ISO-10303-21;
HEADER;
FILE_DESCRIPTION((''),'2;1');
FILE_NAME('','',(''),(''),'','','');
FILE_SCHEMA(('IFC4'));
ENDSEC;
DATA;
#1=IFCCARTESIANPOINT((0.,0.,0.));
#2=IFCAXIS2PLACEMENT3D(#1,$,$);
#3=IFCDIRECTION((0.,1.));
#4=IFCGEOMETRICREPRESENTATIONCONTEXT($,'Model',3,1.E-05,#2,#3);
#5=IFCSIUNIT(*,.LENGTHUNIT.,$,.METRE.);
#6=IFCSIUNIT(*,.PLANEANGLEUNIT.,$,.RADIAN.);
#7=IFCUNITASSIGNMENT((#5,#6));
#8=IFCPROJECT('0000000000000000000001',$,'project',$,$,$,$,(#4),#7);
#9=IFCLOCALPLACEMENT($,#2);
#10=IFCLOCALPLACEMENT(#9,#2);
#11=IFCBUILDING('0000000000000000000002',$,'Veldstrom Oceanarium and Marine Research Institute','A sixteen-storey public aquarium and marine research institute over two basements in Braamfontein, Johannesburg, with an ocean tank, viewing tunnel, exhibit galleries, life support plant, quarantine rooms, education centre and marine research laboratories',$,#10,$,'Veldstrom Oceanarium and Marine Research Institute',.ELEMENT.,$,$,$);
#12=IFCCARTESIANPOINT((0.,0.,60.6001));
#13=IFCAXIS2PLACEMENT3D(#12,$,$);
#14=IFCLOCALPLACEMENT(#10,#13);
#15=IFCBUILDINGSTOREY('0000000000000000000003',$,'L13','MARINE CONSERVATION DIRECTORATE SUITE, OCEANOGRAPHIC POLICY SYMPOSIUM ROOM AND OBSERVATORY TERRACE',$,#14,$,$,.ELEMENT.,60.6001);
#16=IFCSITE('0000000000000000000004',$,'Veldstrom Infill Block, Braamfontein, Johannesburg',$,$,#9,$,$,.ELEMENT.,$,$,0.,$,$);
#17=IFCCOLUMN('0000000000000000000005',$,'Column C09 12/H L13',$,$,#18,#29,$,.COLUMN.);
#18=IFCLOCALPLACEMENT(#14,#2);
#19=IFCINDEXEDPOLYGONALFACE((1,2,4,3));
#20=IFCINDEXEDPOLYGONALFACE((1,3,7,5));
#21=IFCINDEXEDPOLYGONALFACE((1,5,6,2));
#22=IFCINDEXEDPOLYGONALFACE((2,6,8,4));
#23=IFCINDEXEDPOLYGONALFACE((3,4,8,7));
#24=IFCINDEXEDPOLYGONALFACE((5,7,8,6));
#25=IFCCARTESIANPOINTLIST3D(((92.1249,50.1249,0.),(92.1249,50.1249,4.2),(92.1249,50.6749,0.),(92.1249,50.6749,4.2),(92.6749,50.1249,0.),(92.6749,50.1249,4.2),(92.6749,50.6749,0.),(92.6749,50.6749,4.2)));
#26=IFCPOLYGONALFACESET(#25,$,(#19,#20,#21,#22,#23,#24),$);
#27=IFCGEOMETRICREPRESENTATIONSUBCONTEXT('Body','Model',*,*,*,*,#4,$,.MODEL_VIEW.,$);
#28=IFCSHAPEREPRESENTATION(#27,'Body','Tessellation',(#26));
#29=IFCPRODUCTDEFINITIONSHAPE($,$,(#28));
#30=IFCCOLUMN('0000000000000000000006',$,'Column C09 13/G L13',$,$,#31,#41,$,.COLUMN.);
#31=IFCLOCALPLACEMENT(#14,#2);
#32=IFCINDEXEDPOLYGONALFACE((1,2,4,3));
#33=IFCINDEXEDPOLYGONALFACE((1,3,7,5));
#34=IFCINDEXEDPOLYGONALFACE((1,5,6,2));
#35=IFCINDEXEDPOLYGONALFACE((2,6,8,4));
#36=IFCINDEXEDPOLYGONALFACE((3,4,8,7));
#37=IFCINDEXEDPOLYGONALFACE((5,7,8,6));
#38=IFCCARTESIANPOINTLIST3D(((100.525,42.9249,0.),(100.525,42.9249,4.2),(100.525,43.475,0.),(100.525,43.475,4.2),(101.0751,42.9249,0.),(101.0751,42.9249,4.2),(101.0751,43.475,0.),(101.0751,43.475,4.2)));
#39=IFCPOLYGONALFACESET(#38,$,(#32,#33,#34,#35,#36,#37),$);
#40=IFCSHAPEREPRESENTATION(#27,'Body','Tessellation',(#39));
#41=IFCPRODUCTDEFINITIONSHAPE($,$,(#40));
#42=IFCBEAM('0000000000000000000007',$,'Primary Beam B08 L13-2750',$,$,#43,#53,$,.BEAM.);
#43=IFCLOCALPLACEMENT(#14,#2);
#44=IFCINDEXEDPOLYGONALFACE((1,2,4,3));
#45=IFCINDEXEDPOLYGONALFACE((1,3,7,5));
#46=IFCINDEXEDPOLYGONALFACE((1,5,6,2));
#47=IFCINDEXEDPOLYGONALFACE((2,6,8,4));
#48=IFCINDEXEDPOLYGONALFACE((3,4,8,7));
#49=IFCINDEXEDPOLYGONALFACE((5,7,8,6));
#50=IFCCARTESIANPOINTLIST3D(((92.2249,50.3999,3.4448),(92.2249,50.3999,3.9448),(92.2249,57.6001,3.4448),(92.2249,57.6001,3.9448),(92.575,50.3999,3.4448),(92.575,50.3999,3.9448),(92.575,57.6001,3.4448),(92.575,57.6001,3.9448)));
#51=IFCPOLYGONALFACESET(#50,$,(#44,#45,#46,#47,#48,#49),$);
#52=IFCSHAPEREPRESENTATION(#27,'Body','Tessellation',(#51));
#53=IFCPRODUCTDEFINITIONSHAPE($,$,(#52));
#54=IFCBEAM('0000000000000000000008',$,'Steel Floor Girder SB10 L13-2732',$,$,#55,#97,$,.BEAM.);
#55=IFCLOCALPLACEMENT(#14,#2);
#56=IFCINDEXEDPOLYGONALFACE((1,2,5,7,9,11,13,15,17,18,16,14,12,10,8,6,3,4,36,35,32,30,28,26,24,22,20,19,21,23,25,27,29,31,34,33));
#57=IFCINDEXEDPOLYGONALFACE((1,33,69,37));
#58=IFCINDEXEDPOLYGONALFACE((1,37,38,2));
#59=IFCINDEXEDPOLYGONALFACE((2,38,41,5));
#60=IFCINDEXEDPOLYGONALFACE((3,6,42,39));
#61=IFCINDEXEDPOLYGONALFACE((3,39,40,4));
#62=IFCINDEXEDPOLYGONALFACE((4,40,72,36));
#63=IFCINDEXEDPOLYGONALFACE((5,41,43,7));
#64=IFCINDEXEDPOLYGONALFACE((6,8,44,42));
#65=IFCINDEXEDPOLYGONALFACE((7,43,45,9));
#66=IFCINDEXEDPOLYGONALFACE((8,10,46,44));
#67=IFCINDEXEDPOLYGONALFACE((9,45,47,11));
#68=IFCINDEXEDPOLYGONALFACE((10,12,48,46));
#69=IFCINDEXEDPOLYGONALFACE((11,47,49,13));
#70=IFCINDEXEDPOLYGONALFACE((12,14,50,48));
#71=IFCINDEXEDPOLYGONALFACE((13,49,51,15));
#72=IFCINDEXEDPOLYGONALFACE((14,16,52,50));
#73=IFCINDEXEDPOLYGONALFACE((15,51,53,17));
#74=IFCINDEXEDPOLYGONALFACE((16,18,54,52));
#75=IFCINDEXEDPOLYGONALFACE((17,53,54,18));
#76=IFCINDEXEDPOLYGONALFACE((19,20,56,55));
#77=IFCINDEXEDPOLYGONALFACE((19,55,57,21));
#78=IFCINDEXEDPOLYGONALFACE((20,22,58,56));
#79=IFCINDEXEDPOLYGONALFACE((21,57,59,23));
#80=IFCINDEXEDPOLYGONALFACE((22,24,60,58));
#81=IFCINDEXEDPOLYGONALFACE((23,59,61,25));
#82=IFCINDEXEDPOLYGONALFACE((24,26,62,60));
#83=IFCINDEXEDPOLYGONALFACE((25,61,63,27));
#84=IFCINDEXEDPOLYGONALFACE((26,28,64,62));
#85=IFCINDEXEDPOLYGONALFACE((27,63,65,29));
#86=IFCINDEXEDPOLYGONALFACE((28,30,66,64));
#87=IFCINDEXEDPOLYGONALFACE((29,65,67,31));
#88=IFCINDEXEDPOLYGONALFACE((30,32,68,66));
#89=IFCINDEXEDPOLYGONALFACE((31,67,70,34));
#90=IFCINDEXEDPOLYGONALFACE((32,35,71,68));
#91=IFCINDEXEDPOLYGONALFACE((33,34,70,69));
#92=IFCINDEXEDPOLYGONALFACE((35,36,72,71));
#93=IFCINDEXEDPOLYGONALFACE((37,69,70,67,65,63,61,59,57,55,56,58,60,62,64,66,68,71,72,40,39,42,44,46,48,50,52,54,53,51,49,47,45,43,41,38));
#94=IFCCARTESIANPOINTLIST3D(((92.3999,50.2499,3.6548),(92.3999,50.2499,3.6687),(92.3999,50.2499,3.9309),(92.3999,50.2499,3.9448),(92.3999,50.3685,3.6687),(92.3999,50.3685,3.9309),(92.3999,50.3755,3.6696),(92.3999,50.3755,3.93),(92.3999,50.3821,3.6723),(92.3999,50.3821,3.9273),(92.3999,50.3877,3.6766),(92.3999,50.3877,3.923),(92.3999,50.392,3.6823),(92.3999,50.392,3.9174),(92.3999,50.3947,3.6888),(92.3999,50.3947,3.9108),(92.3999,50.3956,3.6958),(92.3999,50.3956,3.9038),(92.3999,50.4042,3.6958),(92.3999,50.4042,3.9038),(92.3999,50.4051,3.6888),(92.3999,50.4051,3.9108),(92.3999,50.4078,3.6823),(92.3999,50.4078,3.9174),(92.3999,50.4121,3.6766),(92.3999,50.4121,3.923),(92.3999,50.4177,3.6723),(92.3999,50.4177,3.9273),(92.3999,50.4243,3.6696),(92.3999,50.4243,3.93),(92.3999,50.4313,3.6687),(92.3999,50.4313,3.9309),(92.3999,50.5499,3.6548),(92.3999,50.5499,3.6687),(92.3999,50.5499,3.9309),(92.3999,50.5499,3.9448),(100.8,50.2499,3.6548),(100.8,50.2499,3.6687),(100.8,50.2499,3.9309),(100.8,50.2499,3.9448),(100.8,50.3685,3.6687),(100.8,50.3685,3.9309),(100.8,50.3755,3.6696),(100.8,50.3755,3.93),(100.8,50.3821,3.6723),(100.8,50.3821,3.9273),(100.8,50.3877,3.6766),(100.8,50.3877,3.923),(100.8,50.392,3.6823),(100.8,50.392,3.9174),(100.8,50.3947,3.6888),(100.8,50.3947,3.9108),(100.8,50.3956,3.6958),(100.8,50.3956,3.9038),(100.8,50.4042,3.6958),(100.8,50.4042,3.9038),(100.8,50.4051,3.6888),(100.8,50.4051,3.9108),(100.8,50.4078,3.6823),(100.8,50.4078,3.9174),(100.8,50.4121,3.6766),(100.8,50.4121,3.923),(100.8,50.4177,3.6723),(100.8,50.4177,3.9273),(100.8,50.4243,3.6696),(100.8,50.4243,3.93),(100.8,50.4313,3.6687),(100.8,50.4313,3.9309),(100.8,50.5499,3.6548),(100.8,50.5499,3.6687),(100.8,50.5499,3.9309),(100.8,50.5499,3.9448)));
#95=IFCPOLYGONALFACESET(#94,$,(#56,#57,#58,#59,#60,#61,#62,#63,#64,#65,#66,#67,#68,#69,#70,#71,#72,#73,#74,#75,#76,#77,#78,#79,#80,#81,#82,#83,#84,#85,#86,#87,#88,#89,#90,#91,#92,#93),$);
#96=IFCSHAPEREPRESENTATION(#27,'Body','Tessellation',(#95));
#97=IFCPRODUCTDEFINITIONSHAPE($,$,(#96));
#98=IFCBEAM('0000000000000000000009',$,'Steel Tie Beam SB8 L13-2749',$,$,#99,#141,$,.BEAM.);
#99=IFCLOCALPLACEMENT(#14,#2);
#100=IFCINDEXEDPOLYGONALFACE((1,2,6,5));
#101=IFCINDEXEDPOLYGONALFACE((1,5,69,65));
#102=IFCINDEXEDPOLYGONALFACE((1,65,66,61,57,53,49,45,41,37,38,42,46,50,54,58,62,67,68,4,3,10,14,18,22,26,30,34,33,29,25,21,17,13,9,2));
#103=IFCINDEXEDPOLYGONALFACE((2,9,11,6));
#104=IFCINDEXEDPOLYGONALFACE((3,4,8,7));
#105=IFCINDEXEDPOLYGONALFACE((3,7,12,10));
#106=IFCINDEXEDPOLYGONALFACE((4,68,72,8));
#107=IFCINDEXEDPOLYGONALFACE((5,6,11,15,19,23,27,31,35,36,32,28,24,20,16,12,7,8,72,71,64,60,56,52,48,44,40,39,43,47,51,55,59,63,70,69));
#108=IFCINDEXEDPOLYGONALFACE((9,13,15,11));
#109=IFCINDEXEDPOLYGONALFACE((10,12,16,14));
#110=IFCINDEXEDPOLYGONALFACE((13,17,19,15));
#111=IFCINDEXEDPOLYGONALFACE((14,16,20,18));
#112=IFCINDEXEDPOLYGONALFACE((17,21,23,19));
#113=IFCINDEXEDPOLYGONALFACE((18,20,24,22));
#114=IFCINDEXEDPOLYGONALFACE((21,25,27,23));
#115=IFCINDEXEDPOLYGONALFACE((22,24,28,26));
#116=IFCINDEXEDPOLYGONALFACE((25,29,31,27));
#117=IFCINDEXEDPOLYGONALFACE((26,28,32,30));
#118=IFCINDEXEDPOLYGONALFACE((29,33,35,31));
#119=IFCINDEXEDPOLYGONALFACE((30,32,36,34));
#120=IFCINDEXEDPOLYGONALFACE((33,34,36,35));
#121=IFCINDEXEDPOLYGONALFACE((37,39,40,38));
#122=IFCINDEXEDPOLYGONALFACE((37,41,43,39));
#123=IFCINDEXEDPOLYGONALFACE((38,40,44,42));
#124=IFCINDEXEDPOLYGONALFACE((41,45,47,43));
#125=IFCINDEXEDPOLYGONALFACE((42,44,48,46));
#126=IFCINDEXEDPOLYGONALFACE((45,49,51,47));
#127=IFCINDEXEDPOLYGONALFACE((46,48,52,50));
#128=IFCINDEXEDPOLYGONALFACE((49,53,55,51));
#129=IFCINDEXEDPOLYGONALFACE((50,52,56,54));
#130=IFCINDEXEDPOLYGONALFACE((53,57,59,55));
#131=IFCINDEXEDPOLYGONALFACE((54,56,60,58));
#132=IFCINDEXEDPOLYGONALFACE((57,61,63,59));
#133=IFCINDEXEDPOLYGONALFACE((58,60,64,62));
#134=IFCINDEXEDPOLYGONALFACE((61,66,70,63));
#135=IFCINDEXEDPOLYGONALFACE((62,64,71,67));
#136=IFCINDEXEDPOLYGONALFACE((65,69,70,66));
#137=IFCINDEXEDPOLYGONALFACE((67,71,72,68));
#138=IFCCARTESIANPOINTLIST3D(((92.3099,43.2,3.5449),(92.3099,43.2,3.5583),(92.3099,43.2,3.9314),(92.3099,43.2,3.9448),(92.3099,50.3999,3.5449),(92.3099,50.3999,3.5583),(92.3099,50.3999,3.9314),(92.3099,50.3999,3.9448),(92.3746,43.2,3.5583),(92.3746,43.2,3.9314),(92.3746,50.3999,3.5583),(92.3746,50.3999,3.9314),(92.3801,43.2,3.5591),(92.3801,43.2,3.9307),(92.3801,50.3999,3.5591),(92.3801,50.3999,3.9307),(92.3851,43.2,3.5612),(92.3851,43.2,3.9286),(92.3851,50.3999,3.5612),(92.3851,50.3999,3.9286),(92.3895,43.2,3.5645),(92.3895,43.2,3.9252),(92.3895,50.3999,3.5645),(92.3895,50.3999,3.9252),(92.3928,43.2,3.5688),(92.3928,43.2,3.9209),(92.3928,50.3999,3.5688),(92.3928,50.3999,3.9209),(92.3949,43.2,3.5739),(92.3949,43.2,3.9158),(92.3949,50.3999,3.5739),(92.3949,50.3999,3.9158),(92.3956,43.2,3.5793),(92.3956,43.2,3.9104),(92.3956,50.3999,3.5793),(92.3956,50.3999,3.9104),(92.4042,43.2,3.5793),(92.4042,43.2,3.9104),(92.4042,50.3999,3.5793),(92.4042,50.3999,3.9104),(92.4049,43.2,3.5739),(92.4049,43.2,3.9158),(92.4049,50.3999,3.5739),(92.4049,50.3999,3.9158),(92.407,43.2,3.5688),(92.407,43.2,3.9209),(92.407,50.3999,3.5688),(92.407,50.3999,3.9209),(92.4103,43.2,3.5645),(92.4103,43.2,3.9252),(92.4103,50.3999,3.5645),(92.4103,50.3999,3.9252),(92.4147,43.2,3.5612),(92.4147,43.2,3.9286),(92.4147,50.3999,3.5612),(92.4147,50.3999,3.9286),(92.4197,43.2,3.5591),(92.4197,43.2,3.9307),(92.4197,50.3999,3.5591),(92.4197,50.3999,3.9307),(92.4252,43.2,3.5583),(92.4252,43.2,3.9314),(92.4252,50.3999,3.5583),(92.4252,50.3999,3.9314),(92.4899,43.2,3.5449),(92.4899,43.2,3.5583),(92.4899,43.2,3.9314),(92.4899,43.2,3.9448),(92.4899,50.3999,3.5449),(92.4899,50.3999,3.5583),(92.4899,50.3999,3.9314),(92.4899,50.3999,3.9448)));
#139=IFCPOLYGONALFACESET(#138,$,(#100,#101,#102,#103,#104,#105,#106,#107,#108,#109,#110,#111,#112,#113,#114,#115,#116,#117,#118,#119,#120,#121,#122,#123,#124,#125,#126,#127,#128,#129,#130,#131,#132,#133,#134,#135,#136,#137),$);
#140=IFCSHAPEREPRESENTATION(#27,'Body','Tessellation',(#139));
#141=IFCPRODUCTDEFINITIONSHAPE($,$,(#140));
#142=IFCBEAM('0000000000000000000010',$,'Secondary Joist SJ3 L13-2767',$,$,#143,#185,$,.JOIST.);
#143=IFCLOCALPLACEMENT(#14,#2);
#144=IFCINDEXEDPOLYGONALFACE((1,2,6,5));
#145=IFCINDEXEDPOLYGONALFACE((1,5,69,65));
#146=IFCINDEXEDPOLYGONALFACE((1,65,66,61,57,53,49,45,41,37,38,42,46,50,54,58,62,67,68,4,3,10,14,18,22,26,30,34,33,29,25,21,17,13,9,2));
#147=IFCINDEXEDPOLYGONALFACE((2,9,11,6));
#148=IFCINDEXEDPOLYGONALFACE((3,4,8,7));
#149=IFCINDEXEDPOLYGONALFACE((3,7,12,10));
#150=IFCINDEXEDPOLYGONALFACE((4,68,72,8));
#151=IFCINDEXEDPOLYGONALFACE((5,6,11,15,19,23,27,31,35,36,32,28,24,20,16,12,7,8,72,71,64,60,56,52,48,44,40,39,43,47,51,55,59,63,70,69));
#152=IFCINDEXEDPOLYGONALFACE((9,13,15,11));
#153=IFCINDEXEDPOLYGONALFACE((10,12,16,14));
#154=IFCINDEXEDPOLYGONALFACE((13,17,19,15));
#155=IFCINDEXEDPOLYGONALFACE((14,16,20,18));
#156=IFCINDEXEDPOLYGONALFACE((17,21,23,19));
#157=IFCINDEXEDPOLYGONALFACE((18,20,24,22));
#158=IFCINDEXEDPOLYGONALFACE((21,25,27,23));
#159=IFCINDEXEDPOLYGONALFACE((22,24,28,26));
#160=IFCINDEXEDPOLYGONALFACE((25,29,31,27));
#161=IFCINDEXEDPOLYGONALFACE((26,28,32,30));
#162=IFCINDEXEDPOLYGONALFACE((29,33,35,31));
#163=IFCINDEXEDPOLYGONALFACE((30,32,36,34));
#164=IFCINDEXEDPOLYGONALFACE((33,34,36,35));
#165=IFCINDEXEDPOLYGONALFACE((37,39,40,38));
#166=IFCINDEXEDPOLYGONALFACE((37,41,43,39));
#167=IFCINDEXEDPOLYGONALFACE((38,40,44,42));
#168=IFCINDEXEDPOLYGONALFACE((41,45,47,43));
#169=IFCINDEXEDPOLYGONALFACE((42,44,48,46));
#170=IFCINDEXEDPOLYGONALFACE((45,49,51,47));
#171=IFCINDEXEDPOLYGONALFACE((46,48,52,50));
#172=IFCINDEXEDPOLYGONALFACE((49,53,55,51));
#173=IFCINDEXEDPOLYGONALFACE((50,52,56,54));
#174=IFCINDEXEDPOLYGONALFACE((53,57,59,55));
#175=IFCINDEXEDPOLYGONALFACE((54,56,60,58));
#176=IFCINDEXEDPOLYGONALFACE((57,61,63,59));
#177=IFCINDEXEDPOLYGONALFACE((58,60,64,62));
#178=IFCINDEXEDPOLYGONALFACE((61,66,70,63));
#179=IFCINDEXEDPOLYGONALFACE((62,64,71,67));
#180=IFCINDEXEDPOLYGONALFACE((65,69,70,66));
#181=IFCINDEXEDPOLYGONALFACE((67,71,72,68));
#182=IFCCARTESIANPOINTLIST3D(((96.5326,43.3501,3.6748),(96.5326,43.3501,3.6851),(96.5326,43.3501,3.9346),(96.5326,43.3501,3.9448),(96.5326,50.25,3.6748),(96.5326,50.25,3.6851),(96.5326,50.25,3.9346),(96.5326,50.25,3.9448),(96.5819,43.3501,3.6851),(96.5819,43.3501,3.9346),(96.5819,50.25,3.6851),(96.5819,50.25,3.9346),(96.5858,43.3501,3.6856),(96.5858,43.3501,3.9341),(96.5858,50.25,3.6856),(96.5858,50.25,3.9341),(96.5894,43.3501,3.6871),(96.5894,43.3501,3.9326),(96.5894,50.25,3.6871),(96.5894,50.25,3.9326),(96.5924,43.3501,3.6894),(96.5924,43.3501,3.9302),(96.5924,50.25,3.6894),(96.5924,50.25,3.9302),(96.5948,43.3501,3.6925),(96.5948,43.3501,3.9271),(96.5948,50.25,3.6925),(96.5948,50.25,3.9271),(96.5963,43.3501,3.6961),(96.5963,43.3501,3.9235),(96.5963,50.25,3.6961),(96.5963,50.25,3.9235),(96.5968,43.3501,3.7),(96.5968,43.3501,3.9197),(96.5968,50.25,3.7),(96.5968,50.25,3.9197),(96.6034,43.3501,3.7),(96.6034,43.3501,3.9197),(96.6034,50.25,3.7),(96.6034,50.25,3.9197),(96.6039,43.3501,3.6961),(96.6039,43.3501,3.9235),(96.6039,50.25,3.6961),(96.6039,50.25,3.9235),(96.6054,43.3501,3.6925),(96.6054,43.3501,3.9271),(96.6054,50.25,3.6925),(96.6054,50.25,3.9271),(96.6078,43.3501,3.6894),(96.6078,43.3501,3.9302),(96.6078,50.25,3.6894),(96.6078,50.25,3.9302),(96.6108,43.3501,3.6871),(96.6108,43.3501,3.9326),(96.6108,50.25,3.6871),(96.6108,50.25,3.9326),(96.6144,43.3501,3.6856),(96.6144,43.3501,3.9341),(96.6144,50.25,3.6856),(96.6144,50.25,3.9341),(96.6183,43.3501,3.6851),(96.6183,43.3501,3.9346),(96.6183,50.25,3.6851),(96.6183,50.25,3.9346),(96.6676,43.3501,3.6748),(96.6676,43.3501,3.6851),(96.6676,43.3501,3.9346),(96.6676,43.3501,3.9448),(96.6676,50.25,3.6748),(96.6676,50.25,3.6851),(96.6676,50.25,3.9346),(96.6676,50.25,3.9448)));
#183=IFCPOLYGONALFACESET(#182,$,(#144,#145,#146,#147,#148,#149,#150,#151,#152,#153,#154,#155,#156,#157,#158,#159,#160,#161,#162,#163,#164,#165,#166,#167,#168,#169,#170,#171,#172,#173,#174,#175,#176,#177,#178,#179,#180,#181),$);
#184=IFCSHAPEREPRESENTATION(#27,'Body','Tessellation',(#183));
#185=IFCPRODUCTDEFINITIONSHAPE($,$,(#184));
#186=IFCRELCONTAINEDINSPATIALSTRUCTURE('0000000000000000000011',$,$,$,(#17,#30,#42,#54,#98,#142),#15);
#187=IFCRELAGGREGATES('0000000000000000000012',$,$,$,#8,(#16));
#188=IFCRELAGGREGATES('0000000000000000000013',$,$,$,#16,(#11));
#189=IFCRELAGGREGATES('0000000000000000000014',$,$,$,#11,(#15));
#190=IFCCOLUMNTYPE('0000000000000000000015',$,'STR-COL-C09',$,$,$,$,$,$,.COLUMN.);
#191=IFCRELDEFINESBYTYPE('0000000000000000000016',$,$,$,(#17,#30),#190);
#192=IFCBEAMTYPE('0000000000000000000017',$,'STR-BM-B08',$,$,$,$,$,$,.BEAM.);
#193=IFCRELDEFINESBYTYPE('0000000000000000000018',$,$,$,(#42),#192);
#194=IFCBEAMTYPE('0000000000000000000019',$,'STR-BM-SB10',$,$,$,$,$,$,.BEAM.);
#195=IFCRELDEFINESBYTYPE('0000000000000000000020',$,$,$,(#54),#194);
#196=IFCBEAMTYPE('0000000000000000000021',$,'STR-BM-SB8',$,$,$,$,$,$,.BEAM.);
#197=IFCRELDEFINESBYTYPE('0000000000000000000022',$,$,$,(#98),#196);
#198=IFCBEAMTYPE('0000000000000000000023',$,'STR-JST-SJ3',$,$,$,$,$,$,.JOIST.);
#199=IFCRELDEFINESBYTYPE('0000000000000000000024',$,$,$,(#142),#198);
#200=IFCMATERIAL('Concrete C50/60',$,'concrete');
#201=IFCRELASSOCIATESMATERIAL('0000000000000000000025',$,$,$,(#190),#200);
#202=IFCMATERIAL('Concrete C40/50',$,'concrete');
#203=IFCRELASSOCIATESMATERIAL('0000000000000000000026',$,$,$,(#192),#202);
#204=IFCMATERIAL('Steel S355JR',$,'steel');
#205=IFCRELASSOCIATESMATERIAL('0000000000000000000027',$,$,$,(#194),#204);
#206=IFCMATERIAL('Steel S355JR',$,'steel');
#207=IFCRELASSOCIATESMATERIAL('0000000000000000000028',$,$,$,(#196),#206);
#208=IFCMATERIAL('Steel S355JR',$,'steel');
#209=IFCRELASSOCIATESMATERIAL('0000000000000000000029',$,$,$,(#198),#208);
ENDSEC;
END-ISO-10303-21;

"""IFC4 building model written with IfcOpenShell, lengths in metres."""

from ifc_helpers import new_model, si_unit, direction, frame, origin, origin_2d, place, context, subcontext, project, spatial, rectangle, i_section, extrude, material, material_profile, profile_set, type_object, element, save


model = new_model("IFC4")

# Units and contexts
model_context = context("Model", 3, precision=1e-05, world=origin(), true_north=direction((0.0, 1.0)))
body_context = subcontext(model_context, "Body", "Model", "MODEL_VIEW")
ifc_project = project(units=[si_unit("LENGTHUNIT", "METRE"), si_unit("PLANEANGLEUNIT", "RADIAN")], contexts=[model_context])

# Site, building, storey
site_placement = place(None, origin())
site = spatial("IfcSite", under=ifc_project, at=site_placement, Name="Veldstrom Infill Block, Braamfontein, Johannesburg", CompositionType="ELEMENT", RefElevation=0.0)
building_placement = place(site_placement, origin())
building = spatial("IfcBuilding", under=site, at=building_placement, Name="Veldstrom Oceanarium and Marine Research Institute", Description="A sixteen-storey public aquarium and marine research institute over two basements in Braamfontein, Johannesburg, with an ocean tank, viewing tunnel, exhibit galleries, life support plant, quarantine rooms, education centre and marine research laboratories", LongName="Veldstrom Oceanarium and Marine Research Institute", CompositionType="ELEMENT")
storey_placement = place(building_placement, frame((0.0, 0.0, 60.6001)))
storey = spatial("IfcBuildingStorey", under=building, at=storey_placement, Name="L13", Description="MARINE CONSERVATION DIRECTORATE SUITE, OCEANOGRAPHIC POLICY SYMPOSIUM ROOM AND OBSERVATORY TERRACE", CompositionType="ELEMENT", Elevation=60.6001)

# Columns
ifc_material_1 = material(Name="Concrete C50/60", Category="concrete")
ifc_material_profile_1 = material_profile(ifc_material_1, rectangle(XDim=0.55, YDim=0.55, at=origin_2d()), Name="RC-COL-550x550")
ifc_profile_set_1 = profile_set([ifc_material_profile_1], Name="Concrete C50/60")
column_type = type_object("IfcColumnType", Name="STR-COL-C09", PredefinedType="COLUMN", material=ifc_profile_set_1)
for number, where, z_axis, x_axis, name in (
    (1, (92.3999, 50.3999, 0.0), (0.0, 0.0, 1.0), (1.0, 0.0, 0.0), "Column C09 12/H L13"),
    (2, (100.8, 43.2, 0.0), (0.0, 0.0, 1.0), (1.0, 0.0, 0.0), "Column C09 13/G L13"),
):
    element("IfcColumn", number, at=place(storey_placement, frame(where, z_axis=z_axis, x_axis=x_axis)), inside=storey, type_object=column_type, Name=name, PredefinedType="COLUMN", context=body_context, shape_type="SweptSolid", body=[
        extrude(rectangle(XDim=0.55, YDim=0.55, at=origin_2d()), origin(), (0.0, 0.0, 1.0), 4.2),
    ])

# Beams
ifc_material_2 = material(Name="Concrete C40/50", Category="concrete")
ifc_material_profile_2 = material_profile(ifc_material_2, rectangle(XDim=0.3501, YDim=0.5, at=origin_2d()), Name="RC-BM-350x500")
ifc_profile_set_2 = profile_set([ifc_material_profile_2], Name="Concrete C40/50")
beam_type_1 = type_object("IfcBeamType", Name="STR-BM-B08", PredefinedType="BEAM", material=ifc_profile_set_2)
beam_1_placement = place(storey_placement, frame((92.3999, 50.3999, 3.6948), z_axis=(0.0, 1.0, 0.0), x_axis=(-1.0, 0.0, 0.0)))
element("IfcBeam", 3, at=beam_1_placement, inside=storey, type_object=beam_type_1, Name="Primary Beam B08 L13-2750", PredefinedType="BEAM", context=body_context, shape_type="SweptSolid", body=[
    extrude(rectangle(XDim=0.3501, YDim=0.5, at=origin_2d()), origin(), (0.0, 0.0, 1.0), 7.2002),
])
ifc_material_3 = material(Name="Steel S355JR", Category="steel")
ifc_material_profile_3 = material_profile(ifc_material_3, i_section(OverallWidth=0.3, OverallDepth=0.29, WebThickness=0.0085, FlangeThickness=0.0139, FilletRadius=0.0271, at=origin_2d()), Name="HEA 300")
ifc_profile_set_3 = profile_set([ifc_material_profile_3], Name="Steel S355JR")
beam_type_2 = type_object("IfcBeamType", Name="STR-BM-SB10", PredefinedType="BEAM", material=ifc_profile_set_3)
beam_2_placement = place(storey_placement, frame((92.3999, 50.3999, 3.7998), z_axis=(1.0, 0.0, 0.0), x_axis=(0.0, 1.0, 0.0)))
element("IfcBeam", 4, at=beam_2_placement, inside=storey, type_object=beam_type_2, Name="Steel Floor Girder SB10 L13-2732", PredefinedType="BEAM", context=body_context, shape_type="SweptSolid", body=[
    extrude(i_section(OverallWidth=0.3, OverallDepth=0.29, WebThickness=0.0085, FlangeThickness=0.0139, FilletRadius=0.0271, at=origin_2d()), origin(), (0.0, 0.0, 1.0), 8.4001),
])
ifc_material_4 = material(Name="Steel S355JR", Category="steel")
ifc_material_profile_4 = material_profile(ifc_material_4, i_section(OverallWidth=0.1799, OverallDepth=0.3999, WebThickness=0.0085, FlangeThickness=0.0134, FilletRadius=0.021, at=origin_2d()), Name="IPE 400")
ifc_profile_set_4 = profile_set([ifc_material_profile_4], Name="Steel S355JR")
beam_type_3 = type_object("IfcBeamType", Name="STR-BM-SB8", PredefinedType="BEAM", material=ifc_profile_set_4)
beam_3_placement = place(storey_placement, frame((92.3999, 43.2, 3.7449), z_axis=(0.0, 1.0, 0.0), x_axis=(-1.0, 0.0, 0.0)))
element("IfcBeam", 5, at=beam_3_placement, inside=storey, type_object=beam_type_3, Name="Steel Tie Beam SB8 L13-2749", PredefinedType="BEAM", context=body_context, shape_type="SweptSolid", body=[
    extrude(i_section(OverallWidth=0.1799, OverallDepth=0.3999, WebThickness=0.0085, FlangeThickness=0.0134, FilletRadius=0.021, at=origin_2d()), origin(), (0.0, 0.0, 1.0), 7.2),
])
ifc_material_5 = material(Name="Steel S355JR", Category="steel")
ifc_material_profile_5 = material_profile(ifc_material_5, i_section(OverallWidth=0.135, OverallDepth=0.27, WebThickness=0.0066, FlangeThickness=0.0103, FilletRadius=0.0149, at=origin_2d()), Name="IPE 270")
ifc_profile_set_5 = profile_set([ifc_material_profile_5], Name="Steel S355JR")
beam_type_4 = type_object("IfcBeamType", Name="STR-JST-SJ3", PredefinedType="JOIST", material=ifc_profile_set_5)
beam_4_placement = place(storey_placement, frame((96.6001, 43.3501, 3.8098), z_axis=(0.0, 1.0, 0.0), x_axis=(-1.0, 0.0, 0.0)))
element("IfcBeam", 6, at=beam_4_placement, inside=storey, type_object=beam_type_4, Name="Secondary Joist SJ3 L13-2767", PredefinedType="JOIST", context=body_context, shape_type="SweptSolid", body=[
    extrude(i_section(OverallWidth=0.135, OverallDepth=0.27, WebThickness=0.0066, FlangeThickness=0.0103, FilletRadius=0.0149, at=origin_2d()), origin(), (0.0, 0.0, 1.0), 6.8999),
])

save(model, "model.ifc")
